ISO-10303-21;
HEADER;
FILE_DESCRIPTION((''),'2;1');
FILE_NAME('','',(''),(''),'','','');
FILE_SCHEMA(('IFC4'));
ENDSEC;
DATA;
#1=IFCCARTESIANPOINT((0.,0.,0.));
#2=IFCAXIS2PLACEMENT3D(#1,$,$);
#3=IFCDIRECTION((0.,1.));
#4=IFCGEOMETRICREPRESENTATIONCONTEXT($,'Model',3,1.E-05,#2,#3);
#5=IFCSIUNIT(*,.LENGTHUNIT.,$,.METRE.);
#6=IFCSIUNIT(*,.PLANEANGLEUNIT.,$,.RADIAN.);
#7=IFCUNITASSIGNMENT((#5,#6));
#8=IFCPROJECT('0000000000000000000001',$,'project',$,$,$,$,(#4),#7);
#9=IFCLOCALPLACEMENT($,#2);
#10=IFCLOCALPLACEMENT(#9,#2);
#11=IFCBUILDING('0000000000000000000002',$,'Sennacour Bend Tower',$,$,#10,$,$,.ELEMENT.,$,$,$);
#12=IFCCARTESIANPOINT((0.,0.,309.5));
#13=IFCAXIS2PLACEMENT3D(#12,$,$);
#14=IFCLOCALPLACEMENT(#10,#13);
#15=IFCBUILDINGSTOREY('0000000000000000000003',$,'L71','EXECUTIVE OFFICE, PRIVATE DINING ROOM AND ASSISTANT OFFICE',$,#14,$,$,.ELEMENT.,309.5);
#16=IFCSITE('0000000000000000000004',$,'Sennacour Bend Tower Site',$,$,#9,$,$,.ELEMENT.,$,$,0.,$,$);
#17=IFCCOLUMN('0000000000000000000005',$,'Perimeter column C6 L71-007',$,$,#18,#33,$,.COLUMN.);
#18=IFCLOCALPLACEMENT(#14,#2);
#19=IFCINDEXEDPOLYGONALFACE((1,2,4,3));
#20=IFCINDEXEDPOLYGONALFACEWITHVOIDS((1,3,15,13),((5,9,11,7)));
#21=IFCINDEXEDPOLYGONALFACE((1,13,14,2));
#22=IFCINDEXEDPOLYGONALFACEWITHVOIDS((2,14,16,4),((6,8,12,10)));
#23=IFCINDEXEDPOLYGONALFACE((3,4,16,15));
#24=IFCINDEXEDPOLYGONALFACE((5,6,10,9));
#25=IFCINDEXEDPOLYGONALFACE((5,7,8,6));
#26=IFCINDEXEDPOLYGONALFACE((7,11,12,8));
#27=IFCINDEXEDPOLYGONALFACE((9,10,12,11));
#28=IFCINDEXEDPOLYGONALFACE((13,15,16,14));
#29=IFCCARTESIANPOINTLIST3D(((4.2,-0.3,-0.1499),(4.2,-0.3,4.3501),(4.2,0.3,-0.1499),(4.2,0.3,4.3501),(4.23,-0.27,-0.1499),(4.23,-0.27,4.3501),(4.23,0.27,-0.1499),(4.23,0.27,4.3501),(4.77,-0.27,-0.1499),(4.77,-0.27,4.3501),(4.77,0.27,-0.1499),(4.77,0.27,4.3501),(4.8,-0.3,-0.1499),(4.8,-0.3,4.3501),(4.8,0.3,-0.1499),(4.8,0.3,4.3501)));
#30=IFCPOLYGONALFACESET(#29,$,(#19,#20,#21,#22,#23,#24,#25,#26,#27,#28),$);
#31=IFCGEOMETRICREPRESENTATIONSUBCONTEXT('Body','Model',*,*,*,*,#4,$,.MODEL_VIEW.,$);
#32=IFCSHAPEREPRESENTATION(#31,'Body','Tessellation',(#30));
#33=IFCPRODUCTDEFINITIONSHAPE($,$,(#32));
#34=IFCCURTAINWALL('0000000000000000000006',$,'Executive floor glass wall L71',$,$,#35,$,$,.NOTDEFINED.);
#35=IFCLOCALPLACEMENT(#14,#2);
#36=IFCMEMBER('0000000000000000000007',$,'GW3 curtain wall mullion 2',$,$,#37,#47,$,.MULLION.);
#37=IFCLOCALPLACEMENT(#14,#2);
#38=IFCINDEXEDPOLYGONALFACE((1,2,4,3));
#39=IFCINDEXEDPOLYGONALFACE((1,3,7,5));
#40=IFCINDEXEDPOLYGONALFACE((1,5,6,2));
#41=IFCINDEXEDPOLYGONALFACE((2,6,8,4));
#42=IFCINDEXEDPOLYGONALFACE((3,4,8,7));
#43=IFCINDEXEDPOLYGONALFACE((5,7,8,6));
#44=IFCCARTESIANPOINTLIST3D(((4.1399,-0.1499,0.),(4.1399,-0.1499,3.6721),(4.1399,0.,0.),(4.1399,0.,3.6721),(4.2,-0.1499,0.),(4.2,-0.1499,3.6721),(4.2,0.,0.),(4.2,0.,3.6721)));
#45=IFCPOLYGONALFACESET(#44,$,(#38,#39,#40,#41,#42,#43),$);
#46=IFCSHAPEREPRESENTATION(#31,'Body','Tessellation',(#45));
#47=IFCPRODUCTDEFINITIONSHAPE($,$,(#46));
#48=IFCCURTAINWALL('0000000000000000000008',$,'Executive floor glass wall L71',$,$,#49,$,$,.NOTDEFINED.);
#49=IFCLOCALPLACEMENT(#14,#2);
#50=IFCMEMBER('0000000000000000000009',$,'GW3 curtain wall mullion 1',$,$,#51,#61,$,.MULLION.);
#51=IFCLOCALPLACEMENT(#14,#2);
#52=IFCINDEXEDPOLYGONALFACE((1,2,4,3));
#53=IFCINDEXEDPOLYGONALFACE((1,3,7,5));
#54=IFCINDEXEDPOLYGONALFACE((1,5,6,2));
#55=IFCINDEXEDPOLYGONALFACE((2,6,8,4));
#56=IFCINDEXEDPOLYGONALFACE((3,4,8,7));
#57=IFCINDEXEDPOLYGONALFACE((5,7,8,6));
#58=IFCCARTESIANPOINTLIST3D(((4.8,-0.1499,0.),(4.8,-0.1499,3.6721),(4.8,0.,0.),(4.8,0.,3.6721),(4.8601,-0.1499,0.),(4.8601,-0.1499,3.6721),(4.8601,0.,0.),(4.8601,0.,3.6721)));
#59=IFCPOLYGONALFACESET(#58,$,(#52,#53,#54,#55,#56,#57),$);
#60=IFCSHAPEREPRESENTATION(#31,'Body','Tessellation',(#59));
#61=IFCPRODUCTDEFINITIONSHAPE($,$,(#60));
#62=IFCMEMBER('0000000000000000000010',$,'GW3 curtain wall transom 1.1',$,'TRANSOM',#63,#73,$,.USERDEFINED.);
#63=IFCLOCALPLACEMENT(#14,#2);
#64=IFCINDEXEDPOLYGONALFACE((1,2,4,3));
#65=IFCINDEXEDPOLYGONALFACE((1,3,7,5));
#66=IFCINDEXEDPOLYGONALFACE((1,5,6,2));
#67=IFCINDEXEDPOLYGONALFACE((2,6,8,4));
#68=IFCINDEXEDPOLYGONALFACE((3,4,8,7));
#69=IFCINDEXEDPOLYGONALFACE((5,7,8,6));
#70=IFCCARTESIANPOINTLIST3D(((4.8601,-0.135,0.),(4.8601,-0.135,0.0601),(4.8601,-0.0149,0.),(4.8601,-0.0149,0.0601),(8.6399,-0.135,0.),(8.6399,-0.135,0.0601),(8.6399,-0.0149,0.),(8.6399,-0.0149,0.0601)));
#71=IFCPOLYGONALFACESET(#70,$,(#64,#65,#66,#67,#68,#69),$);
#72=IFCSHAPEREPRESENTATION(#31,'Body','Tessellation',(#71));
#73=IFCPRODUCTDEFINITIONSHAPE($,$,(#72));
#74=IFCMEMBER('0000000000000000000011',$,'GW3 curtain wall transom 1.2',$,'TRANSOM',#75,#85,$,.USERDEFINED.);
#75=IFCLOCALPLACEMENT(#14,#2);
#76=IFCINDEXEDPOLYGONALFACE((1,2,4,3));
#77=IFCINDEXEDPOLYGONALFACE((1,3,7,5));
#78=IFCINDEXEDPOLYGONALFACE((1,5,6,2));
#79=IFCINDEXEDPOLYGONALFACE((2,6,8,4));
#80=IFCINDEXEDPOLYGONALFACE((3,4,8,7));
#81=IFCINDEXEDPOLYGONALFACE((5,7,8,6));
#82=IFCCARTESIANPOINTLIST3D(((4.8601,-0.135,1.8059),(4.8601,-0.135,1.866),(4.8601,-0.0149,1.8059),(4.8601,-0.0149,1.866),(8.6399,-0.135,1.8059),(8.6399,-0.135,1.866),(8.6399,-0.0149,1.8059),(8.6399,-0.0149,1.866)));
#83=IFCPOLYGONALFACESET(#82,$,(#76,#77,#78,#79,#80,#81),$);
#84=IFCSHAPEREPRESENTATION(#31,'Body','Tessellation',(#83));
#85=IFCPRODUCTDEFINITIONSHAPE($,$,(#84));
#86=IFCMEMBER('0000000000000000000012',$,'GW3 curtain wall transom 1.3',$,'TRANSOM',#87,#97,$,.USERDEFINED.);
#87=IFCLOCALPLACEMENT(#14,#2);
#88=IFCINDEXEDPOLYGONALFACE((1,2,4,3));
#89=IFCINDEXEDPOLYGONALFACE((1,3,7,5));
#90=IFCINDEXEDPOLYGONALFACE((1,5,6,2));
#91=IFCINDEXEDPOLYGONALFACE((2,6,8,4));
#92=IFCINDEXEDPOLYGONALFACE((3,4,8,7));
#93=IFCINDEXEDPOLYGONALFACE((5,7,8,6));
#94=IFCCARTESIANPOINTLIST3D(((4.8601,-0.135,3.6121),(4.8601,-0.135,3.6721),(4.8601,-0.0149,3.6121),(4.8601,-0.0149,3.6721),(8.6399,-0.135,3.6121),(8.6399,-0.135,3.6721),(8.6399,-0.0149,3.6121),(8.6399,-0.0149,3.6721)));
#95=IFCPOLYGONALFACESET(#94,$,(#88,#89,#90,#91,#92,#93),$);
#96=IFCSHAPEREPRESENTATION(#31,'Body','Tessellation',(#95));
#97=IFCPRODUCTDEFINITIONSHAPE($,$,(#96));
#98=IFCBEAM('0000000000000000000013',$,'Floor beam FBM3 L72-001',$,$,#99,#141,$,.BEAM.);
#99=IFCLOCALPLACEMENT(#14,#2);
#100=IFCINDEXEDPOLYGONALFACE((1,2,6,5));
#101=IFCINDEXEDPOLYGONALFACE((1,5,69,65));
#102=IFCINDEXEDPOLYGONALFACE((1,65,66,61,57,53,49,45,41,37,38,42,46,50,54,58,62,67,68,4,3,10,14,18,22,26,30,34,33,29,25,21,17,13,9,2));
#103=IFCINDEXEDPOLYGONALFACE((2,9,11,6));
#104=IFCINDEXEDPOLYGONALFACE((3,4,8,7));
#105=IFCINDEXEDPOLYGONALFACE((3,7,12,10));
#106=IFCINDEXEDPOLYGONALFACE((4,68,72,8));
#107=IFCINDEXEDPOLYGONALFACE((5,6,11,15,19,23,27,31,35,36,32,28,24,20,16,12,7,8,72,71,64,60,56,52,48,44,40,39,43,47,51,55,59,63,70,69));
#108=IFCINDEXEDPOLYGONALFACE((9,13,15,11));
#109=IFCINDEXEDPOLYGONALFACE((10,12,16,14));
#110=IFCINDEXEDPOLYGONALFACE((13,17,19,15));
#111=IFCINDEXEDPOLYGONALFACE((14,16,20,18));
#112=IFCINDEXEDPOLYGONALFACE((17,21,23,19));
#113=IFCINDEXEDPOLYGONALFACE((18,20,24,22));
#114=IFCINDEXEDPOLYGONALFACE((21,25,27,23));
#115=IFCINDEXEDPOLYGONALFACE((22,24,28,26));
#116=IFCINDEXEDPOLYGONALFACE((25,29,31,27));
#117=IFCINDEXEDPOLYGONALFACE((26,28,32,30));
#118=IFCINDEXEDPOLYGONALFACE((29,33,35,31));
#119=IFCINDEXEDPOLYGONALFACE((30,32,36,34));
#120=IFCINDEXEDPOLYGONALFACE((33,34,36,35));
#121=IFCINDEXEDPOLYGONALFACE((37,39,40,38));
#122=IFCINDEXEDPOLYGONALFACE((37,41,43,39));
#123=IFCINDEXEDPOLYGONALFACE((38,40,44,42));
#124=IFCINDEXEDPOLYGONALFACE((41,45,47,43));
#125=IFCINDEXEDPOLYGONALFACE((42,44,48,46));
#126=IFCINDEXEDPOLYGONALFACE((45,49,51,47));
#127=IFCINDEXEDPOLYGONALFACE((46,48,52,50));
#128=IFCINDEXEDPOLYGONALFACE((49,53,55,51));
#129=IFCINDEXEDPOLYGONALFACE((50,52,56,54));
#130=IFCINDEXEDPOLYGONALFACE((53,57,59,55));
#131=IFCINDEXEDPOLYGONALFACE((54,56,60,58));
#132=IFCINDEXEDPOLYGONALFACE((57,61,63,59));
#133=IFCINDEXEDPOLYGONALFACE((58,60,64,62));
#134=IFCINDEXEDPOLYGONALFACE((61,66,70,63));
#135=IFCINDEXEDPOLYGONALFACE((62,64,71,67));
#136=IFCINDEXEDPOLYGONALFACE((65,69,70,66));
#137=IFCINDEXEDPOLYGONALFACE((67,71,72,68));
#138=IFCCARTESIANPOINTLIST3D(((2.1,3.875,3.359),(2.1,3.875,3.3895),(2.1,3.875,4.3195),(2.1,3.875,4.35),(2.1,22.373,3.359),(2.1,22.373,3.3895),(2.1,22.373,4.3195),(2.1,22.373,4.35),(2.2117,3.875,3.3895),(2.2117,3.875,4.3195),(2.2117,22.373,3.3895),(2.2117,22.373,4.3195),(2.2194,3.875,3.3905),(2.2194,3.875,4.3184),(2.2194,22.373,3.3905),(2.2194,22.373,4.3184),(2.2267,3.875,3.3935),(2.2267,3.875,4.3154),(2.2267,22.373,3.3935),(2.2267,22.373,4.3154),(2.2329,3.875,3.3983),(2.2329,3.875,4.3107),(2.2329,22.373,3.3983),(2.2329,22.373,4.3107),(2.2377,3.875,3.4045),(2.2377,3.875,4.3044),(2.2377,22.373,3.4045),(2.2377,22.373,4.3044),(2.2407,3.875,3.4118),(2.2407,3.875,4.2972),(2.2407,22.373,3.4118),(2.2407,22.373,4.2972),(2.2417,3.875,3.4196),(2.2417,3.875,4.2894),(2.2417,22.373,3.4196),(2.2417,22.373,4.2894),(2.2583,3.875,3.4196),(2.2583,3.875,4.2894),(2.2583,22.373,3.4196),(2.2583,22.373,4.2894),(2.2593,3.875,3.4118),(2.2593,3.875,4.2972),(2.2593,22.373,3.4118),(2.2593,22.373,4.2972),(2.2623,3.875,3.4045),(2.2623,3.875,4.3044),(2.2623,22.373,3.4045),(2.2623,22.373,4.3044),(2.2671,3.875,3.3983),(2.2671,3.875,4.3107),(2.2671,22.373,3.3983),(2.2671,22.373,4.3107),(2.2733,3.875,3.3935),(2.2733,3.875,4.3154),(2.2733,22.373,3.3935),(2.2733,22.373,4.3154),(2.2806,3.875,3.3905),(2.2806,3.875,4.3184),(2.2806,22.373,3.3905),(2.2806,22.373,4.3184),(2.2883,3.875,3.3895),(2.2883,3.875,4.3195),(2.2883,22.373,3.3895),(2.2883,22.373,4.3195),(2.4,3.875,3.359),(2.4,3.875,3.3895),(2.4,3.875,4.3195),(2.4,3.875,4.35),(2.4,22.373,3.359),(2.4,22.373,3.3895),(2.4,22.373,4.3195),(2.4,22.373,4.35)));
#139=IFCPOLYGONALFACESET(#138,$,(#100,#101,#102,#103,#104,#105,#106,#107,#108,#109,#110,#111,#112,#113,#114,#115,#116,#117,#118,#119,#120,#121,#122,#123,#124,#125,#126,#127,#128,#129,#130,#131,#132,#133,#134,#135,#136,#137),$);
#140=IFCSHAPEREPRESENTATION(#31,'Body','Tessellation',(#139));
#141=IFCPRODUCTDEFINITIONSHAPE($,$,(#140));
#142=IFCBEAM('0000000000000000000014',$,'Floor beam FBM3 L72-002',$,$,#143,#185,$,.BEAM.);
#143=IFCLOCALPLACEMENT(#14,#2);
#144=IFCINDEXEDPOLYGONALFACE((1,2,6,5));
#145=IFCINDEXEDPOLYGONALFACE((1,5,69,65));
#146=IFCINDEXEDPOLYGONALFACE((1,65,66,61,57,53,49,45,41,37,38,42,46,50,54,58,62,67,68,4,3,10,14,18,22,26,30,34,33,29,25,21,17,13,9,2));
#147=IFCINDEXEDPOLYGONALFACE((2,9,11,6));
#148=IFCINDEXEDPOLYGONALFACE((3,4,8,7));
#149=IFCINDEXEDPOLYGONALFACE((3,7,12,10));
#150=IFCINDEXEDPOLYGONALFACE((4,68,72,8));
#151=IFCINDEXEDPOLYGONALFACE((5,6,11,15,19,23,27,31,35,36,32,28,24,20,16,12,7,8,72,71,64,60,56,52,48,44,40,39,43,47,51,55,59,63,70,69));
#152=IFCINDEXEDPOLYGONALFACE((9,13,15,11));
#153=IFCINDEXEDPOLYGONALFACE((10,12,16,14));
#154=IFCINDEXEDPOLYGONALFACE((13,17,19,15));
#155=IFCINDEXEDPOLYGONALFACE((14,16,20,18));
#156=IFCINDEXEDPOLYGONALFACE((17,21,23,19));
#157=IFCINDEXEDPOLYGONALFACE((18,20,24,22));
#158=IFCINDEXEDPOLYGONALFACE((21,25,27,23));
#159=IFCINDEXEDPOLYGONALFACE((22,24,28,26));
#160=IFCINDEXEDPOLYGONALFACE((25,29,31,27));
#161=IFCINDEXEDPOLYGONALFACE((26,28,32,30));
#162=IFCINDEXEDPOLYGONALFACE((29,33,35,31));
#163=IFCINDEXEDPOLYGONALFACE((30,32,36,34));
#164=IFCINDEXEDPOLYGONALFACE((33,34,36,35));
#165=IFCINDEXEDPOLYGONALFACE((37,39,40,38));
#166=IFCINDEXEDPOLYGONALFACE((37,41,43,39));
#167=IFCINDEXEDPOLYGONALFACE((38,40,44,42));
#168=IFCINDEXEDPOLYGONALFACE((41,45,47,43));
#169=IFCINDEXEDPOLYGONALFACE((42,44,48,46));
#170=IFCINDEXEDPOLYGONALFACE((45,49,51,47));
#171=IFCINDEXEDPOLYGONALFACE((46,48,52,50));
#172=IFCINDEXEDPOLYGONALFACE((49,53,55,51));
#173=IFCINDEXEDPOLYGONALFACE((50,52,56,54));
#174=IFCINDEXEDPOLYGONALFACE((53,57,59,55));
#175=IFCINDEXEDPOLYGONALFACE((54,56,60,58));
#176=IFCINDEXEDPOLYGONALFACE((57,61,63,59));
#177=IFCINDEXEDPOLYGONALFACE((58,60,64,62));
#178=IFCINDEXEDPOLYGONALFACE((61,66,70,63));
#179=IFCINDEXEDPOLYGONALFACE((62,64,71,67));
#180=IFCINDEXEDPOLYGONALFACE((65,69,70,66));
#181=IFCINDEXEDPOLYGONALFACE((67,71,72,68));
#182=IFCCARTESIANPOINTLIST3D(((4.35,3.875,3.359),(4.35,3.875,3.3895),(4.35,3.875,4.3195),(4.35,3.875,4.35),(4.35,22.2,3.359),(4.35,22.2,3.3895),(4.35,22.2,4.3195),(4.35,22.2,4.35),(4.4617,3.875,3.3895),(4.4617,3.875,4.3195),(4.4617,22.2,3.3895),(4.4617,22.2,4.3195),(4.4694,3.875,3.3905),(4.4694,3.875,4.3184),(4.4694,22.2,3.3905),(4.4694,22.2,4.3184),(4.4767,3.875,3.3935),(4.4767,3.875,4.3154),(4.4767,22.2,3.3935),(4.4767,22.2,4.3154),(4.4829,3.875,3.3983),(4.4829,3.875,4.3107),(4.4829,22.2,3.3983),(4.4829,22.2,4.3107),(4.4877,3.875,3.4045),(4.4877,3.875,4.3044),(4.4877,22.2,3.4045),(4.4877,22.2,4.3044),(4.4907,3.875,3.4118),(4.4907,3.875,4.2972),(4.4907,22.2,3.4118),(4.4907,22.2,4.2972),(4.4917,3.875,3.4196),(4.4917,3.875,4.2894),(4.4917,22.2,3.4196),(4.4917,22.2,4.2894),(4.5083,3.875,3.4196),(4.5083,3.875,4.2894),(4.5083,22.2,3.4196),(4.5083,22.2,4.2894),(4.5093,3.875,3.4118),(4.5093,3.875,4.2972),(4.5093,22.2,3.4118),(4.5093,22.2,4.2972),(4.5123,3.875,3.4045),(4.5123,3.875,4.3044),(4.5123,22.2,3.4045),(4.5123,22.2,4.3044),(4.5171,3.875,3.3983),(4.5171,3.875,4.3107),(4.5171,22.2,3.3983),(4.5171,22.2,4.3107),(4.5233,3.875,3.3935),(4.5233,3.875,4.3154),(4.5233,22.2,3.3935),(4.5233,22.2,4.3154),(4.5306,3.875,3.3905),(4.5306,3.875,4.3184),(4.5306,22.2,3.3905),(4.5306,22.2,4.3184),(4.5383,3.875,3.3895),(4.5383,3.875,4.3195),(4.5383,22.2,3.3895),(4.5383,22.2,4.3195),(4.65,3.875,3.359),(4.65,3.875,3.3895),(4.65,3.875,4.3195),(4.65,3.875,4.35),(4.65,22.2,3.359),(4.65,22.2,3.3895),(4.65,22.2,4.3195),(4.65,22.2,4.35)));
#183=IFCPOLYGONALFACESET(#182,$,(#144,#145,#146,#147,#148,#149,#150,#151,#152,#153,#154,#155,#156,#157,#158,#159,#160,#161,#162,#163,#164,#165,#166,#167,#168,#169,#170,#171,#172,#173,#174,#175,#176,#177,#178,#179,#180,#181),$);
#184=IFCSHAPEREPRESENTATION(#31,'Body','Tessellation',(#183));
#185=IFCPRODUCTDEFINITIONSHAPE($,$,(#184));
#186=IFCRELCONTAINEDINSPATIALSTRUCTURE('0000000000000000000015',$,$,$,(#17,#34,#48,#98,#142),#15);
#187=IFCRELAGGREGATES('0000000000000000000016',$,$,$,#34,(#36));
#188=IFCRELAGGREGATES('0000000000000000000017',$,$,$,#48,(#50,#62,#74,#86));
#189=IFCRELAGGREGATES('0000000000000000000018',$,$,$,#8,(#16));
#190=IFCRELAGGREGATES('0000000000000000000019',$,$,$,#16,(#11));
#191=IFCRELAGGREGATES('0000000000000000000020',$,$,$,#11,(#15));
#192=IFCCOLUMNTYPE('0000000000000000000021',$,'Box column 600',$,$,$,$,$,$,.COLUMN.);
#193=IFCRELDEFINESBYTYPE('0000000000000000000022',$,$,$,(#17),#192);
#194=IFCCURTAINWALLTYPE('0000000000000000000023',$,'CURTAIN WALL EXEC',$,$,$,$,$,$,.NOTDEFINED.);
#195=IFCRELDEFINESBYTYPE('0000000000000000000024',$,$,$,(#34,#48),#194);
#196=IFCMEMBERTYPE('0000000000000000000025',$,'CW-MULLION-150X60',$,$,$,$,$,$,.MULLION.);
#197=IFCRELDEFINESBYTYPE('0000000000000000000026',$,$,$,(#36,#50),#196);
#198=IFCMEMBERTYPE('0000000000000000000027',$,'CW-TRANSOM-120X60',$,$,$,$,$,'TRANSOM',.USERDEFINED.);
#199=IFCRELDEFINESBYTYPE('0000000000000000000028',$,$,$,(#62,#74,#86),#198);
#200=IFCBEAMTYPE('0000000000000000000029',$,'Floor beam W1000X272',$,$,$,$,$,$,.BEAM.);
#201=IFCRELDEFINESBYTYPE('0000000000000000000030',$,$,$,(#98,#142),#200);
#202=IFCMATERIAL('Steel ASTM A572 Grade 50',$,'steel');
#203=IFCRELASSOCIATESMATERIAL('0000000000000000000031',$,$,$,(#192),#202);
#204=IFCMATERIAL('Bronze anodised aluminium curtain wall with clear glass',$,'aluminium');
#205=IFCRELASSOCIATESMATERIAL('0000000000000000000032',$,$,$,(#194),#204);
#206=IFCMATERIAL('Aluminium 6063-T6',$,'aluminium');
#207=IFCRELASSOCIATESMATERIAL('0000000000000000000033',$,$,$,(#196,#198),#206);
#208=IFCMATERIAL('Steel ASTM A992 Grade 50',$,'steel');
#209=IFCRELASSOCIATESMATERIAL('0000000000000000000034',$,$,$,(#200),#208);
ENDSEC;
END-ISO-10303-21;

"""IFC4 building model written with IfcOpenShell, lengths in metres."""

from ifc_helpers import new_model, si_unit, direction, frame, origin, origin_2d, place, context, subcontext, project, spatial, rectangle, hollow_rectangle, i_section, extrude, material, material_profile, profile_set, type_object, element, aggregate, save


model = new_model("IFC4")

# Units and contexts
model_context = context("Model", 3, precision=1e-05, world=origin(), true_north=direction((0.0, 1.0)))
body_context = subcontext(model_context, "Body", "Model", "MODEL_VIEW")
ifc_project = project(units=[si_unit("LENGTHUNIT", "METRE"), si_unit("PLANEANGLEUNIT", "RADIAN")], contexts=[model_context])

# Site, building, storey
site_placement = place(None, origin())
site = spatial("IfcSite", under=ifc_project, at=site_placement, Name="Sennacour Bend Tower Site", CompositionType="ELEMENT", RefElevation=0.0)
building_placement = place(site_placement, origin())
building = spatial("IfcBuilding", under=site, at=building_placement, Name="Sennacour Bend Tower", CompositionType="ELEMENT")
storey_placement = place(building_placement, frame((0.0, 0.0, 309.5)))
storey = spatial("IfcBuildingStorey", under=building, at=storey_placement, Name="L71", Description="EXECUTIVE OFFICE, PRIVATE DINING ROOM AND ASSISTANT OFFICE", CompositionType="ELEMENT", Elevation=309.5)

# Column
ifc_material_1 = material(Name="Steel ASTM A572 Grade 50", Category="steel")
ifc_material_profile_1 = material_profile(ifc_material_1, hollow_rectangle(XDim=0.6001, YDim=0.6001, WallThickness=0.03, at=origin_2d()), Name="Steel ASTM A572 Grade 50", Category="steel")
ifc_profile_set_1 = profile_set([ifc_material_profile_1], Name="Steel ASTM A572 Grade 50")
column_type = type_object("IfcColumnType", Name="Box column 600", PredefinedType="COLUMN", material=ifc_profile_set_1)
column_placement = place(storey_placement, frame((4.5, 0.0, -0.1499), z_axis=(0.0, 0.0, 1.0), x_axis=(1.0, 0.0, 0.0)))
element("IfcColumn", 1, at=column_placement, inside=storey, type_object=column_type, Name="Perimeter column C6 L71-007", PredefinedType="COLUMN", context=body_context, shape_type="SweptSolid", body=[
    extrude(hollow_rectangle(XDim=0.6001, YDim=0.6001, WallThickness=0.03, at=origin_2d()), origin(), (0.0, 0.0, 1.0), 4.5),
])

# Curtain wall, member
ifc_material_2 = material(Name="Bronze anodised aluminium curtain wall with clear glass", Category="aluminium")
curtain_wall_type = type_object("IfcCurtainWallType", Name="CURTAIN WALL EXEC", PredefinedType="NOTDEFINED", material=ifc_material_2)
curtain_wall_1_placement = place(storey_placement, origin())
curtain_wall_1 = element("IfcCurtainWall", 2, at=curtain_wall_1_placement, inside=storey, type_object=curtain_wall_type, Name="Executive floor glass wall L71", PredefinedType="NOTDEFINED")
ifc_material_3 = material(Name="Aluminium 6063-T6", Category="aluminium")
ifc_material_profile_2 = material_profile(ifc_material_3, rectangle(XDim=0.1499, YDim=0.0601, at=origin_2d()), Name="Aluminium 6063-T6", Category="aluminium")
ifc_profile_set_2 = profile_set([ifc_material_profile_2], Name="Aluminium 6063-T6")
member_type_1 = type_object("IfcMemberType", Name="CW-MULLION-150X60", PredefinedType="MULLION", material=ifc_profile_set_2)
member_1_placement = place(storey_placement, frame((4.1699, -0.075, 0.0), z_axis=(0.0, 0.0, 1.0), x_axis=(0.0, 1.0, 0.0)))
member_1 = element("IfcMember", 3, at=member_1_placement, type_object=member_type_1, Name="GW3 curtain wall mullion 2", PredefinedType="MULLION", context=body_context, shape_type="SweptSolid", body=[
    extrude(rectangle(XDim=0.1499, YDim=0.0601, at=origin_2d()), origin(), (0.0, 0.0, 1.0), 3.6721),
])

# Curtain wall, members
curtain_wall_2_placement = place(storey_placement, origin())
curtain_wall_2 = element("IfcCurtainWall", 4, at=curtain_wall_2_placement, inside=storey, type_object=curtain_wall_type, Name="Executive floor glass wall L71", PredefinedType="NOTDEFINED")
member_2_placement = place(storey_placement, frame((4.8301, -0.075, 0.0), z_axis=(0.0, 0.0, 1.0), x_axis=(0.0, 1.0, 0.0)))
member_2 = element("IfcMember", 5, at=member_2_placement, type_object=member_type_1, Name="GW3 curtain wall mullion 1", PredefinedType="MULLION", context=body_context, shape_type="SweptSolid", body=[
    extrude(rectangle(XDim=0.1499, YDim=0.0601, at=origin_2d()), origin(), (0.0, 0.0, 1.0), 3.6721),
])
ifc_material_profile_3 = material_profile(ifc_material_3, rectangle(XDim=0.1201, YDim=0.0601, at=origin_2d()), Name="Aluminium 6063-T6", Category="aluminium")
ifc_profile_set_3 = profile_set([ifc_material_profile_3], Name="Aluminium 6063-T6")
member_type_2 = type_object("IfcMemberType", Name="CW-TRANSOM-120X60", ElementType="TRANSOM", PredefinedType="USERDEFINED", material=ifc_profile_set_3)
member_3_placement = place(storey_placement, frame((4.8601, -0.075, 0.03), z_axis=(1.0, 0.0, 0.0), x_axis=(0.0, 1.0, 0.0)))
member_3 = element("IfcMember", 6, at=member_3_placement, type_object=member_type_2, Name="GW3 curtain wall transom 1.1", ObjectType="TRANSOM", PredefinedType="USERDEFINED", context=body_context, shape_type="SweptSolid", body=[
    extrude(rectangle(XDim=0.1201, YDim=0.0601, at=origin_2d()), origin(), (0.0, 0.0, 1.0), 3.7798),
])
member_4_placement = place(storey_placement, frame((4.8601, -0.075, 1.8359), z_axis=(1.0, 0.0, 0.0), x_axis=(0.0, 1.0, 0.0)))
member_4 = element("IfcMember", 7, at=member_4_placement, type_object=member_type_2, Name="GW3 curtain wall transom 1.2", ObjectType="TRANSOM", PredefinedType="USERDEFINED", context=body_context, shape_type="SweptSolid", body=[
    extrude(rectangle(XDim=0.1201, YDim=0.0601, at=origin_2d()), origin(), (0.0, 0.0, 1.0), 3.7798),
])
member_5_placement = place(storey_placement, frame((4.8601, -0.075, 3.6421), z_axis=(1.0, 0.0, 0.0), x_axis=(0.0, 1.0, 0.0)))
member_5 = element("IfcMember", 8, at=member_5_placement, type_object=member_type_2, Name="GW3 curtain wall transom 1.3", ObjectType="TRANSOM", PredefinedType="USERDEFINED", context=body_context, shape_type="SweptSolid", body=[
    extrude(rectangle(XDim=0.1201, YDim=0.0601, at=origin_2d()), origin(), (0.0, 0.0, 1.0), 3.7798),
])

# Beams
ifc_material_4 = material(Name="Steel ASTM A992 Grade 50", Category="steel")
ifc_material_profile_4 = material_profile(ifc_material_4, i_section(OverallWidth=0.3, OverallDepth=0.991, WebThickness=0.0166, FlangeThickness=0.0305, FilletRadius=0.03, at=origin_2d()), Name="Steel ASTM A992 Grade 50", Category="steel")
ifc_profile_set_4 = profile_set([ifc_material_profile_4], Name="Steel ASTM A992 Grade 50")
beam_type_1 = type_object("IfcBeamType", Name="Floor beam W1000X272", PredefinedType="BEAM", material=ifc_profile_set_4)
beam_1_placement = place(storey_placement, frame((2.25, 3.875, 3.8545), z_axis=(0.0, 1.0, 0.0), x_axis=(-1.0, 0.0, 0.0)))
element("IfcBeam", 9, at=beam_1_placement, inside=storey, type_object=beam_type_1, Name="Floor beam FBM3 L72-001", PredefinedType="BEAM", context=body_context, shape_type="SweptSolid", body=[
    extrude(i_section(OverallWidth=0.3, OverallDepth=0.991, WebThickness=0.0166, FlangeThickness=0.0305, FilletRadius=0.03, at=origin_2d()), origin(), (0.0, 0.0, 1.0), 18.498),
])
beam_2_placement = place(storey_placement, frame((4.5, 3.875, 3.8545), z_axis=(0.0, 1.0, 0.0), x_axis=(-1.0, 0.0, 0.0)))
element("IfcBeam", 10, at=beam_2_placement, inside=storey, type_object=beam_type_1, Name="Floor beam FBM3 L72-002", PredefinedType="BEAM", context=body_context, shape_type="SweptSolid", body=[
    extrude(i_section(OverallWidth=0.3, OverallDepth=0.991, WebThickness=0.0166, FlangeThickness=0.0305, FilletRadius=0.03, at=origin_2d()), origin(), (0.0, 0.0, 1.0), 18.325),
])

aggregate(curtain_wall_1, [member_1])
aggregate(curtain_wall_2, [member_2, member_3, member_4, member_5])

save(model, "model.ifc")
